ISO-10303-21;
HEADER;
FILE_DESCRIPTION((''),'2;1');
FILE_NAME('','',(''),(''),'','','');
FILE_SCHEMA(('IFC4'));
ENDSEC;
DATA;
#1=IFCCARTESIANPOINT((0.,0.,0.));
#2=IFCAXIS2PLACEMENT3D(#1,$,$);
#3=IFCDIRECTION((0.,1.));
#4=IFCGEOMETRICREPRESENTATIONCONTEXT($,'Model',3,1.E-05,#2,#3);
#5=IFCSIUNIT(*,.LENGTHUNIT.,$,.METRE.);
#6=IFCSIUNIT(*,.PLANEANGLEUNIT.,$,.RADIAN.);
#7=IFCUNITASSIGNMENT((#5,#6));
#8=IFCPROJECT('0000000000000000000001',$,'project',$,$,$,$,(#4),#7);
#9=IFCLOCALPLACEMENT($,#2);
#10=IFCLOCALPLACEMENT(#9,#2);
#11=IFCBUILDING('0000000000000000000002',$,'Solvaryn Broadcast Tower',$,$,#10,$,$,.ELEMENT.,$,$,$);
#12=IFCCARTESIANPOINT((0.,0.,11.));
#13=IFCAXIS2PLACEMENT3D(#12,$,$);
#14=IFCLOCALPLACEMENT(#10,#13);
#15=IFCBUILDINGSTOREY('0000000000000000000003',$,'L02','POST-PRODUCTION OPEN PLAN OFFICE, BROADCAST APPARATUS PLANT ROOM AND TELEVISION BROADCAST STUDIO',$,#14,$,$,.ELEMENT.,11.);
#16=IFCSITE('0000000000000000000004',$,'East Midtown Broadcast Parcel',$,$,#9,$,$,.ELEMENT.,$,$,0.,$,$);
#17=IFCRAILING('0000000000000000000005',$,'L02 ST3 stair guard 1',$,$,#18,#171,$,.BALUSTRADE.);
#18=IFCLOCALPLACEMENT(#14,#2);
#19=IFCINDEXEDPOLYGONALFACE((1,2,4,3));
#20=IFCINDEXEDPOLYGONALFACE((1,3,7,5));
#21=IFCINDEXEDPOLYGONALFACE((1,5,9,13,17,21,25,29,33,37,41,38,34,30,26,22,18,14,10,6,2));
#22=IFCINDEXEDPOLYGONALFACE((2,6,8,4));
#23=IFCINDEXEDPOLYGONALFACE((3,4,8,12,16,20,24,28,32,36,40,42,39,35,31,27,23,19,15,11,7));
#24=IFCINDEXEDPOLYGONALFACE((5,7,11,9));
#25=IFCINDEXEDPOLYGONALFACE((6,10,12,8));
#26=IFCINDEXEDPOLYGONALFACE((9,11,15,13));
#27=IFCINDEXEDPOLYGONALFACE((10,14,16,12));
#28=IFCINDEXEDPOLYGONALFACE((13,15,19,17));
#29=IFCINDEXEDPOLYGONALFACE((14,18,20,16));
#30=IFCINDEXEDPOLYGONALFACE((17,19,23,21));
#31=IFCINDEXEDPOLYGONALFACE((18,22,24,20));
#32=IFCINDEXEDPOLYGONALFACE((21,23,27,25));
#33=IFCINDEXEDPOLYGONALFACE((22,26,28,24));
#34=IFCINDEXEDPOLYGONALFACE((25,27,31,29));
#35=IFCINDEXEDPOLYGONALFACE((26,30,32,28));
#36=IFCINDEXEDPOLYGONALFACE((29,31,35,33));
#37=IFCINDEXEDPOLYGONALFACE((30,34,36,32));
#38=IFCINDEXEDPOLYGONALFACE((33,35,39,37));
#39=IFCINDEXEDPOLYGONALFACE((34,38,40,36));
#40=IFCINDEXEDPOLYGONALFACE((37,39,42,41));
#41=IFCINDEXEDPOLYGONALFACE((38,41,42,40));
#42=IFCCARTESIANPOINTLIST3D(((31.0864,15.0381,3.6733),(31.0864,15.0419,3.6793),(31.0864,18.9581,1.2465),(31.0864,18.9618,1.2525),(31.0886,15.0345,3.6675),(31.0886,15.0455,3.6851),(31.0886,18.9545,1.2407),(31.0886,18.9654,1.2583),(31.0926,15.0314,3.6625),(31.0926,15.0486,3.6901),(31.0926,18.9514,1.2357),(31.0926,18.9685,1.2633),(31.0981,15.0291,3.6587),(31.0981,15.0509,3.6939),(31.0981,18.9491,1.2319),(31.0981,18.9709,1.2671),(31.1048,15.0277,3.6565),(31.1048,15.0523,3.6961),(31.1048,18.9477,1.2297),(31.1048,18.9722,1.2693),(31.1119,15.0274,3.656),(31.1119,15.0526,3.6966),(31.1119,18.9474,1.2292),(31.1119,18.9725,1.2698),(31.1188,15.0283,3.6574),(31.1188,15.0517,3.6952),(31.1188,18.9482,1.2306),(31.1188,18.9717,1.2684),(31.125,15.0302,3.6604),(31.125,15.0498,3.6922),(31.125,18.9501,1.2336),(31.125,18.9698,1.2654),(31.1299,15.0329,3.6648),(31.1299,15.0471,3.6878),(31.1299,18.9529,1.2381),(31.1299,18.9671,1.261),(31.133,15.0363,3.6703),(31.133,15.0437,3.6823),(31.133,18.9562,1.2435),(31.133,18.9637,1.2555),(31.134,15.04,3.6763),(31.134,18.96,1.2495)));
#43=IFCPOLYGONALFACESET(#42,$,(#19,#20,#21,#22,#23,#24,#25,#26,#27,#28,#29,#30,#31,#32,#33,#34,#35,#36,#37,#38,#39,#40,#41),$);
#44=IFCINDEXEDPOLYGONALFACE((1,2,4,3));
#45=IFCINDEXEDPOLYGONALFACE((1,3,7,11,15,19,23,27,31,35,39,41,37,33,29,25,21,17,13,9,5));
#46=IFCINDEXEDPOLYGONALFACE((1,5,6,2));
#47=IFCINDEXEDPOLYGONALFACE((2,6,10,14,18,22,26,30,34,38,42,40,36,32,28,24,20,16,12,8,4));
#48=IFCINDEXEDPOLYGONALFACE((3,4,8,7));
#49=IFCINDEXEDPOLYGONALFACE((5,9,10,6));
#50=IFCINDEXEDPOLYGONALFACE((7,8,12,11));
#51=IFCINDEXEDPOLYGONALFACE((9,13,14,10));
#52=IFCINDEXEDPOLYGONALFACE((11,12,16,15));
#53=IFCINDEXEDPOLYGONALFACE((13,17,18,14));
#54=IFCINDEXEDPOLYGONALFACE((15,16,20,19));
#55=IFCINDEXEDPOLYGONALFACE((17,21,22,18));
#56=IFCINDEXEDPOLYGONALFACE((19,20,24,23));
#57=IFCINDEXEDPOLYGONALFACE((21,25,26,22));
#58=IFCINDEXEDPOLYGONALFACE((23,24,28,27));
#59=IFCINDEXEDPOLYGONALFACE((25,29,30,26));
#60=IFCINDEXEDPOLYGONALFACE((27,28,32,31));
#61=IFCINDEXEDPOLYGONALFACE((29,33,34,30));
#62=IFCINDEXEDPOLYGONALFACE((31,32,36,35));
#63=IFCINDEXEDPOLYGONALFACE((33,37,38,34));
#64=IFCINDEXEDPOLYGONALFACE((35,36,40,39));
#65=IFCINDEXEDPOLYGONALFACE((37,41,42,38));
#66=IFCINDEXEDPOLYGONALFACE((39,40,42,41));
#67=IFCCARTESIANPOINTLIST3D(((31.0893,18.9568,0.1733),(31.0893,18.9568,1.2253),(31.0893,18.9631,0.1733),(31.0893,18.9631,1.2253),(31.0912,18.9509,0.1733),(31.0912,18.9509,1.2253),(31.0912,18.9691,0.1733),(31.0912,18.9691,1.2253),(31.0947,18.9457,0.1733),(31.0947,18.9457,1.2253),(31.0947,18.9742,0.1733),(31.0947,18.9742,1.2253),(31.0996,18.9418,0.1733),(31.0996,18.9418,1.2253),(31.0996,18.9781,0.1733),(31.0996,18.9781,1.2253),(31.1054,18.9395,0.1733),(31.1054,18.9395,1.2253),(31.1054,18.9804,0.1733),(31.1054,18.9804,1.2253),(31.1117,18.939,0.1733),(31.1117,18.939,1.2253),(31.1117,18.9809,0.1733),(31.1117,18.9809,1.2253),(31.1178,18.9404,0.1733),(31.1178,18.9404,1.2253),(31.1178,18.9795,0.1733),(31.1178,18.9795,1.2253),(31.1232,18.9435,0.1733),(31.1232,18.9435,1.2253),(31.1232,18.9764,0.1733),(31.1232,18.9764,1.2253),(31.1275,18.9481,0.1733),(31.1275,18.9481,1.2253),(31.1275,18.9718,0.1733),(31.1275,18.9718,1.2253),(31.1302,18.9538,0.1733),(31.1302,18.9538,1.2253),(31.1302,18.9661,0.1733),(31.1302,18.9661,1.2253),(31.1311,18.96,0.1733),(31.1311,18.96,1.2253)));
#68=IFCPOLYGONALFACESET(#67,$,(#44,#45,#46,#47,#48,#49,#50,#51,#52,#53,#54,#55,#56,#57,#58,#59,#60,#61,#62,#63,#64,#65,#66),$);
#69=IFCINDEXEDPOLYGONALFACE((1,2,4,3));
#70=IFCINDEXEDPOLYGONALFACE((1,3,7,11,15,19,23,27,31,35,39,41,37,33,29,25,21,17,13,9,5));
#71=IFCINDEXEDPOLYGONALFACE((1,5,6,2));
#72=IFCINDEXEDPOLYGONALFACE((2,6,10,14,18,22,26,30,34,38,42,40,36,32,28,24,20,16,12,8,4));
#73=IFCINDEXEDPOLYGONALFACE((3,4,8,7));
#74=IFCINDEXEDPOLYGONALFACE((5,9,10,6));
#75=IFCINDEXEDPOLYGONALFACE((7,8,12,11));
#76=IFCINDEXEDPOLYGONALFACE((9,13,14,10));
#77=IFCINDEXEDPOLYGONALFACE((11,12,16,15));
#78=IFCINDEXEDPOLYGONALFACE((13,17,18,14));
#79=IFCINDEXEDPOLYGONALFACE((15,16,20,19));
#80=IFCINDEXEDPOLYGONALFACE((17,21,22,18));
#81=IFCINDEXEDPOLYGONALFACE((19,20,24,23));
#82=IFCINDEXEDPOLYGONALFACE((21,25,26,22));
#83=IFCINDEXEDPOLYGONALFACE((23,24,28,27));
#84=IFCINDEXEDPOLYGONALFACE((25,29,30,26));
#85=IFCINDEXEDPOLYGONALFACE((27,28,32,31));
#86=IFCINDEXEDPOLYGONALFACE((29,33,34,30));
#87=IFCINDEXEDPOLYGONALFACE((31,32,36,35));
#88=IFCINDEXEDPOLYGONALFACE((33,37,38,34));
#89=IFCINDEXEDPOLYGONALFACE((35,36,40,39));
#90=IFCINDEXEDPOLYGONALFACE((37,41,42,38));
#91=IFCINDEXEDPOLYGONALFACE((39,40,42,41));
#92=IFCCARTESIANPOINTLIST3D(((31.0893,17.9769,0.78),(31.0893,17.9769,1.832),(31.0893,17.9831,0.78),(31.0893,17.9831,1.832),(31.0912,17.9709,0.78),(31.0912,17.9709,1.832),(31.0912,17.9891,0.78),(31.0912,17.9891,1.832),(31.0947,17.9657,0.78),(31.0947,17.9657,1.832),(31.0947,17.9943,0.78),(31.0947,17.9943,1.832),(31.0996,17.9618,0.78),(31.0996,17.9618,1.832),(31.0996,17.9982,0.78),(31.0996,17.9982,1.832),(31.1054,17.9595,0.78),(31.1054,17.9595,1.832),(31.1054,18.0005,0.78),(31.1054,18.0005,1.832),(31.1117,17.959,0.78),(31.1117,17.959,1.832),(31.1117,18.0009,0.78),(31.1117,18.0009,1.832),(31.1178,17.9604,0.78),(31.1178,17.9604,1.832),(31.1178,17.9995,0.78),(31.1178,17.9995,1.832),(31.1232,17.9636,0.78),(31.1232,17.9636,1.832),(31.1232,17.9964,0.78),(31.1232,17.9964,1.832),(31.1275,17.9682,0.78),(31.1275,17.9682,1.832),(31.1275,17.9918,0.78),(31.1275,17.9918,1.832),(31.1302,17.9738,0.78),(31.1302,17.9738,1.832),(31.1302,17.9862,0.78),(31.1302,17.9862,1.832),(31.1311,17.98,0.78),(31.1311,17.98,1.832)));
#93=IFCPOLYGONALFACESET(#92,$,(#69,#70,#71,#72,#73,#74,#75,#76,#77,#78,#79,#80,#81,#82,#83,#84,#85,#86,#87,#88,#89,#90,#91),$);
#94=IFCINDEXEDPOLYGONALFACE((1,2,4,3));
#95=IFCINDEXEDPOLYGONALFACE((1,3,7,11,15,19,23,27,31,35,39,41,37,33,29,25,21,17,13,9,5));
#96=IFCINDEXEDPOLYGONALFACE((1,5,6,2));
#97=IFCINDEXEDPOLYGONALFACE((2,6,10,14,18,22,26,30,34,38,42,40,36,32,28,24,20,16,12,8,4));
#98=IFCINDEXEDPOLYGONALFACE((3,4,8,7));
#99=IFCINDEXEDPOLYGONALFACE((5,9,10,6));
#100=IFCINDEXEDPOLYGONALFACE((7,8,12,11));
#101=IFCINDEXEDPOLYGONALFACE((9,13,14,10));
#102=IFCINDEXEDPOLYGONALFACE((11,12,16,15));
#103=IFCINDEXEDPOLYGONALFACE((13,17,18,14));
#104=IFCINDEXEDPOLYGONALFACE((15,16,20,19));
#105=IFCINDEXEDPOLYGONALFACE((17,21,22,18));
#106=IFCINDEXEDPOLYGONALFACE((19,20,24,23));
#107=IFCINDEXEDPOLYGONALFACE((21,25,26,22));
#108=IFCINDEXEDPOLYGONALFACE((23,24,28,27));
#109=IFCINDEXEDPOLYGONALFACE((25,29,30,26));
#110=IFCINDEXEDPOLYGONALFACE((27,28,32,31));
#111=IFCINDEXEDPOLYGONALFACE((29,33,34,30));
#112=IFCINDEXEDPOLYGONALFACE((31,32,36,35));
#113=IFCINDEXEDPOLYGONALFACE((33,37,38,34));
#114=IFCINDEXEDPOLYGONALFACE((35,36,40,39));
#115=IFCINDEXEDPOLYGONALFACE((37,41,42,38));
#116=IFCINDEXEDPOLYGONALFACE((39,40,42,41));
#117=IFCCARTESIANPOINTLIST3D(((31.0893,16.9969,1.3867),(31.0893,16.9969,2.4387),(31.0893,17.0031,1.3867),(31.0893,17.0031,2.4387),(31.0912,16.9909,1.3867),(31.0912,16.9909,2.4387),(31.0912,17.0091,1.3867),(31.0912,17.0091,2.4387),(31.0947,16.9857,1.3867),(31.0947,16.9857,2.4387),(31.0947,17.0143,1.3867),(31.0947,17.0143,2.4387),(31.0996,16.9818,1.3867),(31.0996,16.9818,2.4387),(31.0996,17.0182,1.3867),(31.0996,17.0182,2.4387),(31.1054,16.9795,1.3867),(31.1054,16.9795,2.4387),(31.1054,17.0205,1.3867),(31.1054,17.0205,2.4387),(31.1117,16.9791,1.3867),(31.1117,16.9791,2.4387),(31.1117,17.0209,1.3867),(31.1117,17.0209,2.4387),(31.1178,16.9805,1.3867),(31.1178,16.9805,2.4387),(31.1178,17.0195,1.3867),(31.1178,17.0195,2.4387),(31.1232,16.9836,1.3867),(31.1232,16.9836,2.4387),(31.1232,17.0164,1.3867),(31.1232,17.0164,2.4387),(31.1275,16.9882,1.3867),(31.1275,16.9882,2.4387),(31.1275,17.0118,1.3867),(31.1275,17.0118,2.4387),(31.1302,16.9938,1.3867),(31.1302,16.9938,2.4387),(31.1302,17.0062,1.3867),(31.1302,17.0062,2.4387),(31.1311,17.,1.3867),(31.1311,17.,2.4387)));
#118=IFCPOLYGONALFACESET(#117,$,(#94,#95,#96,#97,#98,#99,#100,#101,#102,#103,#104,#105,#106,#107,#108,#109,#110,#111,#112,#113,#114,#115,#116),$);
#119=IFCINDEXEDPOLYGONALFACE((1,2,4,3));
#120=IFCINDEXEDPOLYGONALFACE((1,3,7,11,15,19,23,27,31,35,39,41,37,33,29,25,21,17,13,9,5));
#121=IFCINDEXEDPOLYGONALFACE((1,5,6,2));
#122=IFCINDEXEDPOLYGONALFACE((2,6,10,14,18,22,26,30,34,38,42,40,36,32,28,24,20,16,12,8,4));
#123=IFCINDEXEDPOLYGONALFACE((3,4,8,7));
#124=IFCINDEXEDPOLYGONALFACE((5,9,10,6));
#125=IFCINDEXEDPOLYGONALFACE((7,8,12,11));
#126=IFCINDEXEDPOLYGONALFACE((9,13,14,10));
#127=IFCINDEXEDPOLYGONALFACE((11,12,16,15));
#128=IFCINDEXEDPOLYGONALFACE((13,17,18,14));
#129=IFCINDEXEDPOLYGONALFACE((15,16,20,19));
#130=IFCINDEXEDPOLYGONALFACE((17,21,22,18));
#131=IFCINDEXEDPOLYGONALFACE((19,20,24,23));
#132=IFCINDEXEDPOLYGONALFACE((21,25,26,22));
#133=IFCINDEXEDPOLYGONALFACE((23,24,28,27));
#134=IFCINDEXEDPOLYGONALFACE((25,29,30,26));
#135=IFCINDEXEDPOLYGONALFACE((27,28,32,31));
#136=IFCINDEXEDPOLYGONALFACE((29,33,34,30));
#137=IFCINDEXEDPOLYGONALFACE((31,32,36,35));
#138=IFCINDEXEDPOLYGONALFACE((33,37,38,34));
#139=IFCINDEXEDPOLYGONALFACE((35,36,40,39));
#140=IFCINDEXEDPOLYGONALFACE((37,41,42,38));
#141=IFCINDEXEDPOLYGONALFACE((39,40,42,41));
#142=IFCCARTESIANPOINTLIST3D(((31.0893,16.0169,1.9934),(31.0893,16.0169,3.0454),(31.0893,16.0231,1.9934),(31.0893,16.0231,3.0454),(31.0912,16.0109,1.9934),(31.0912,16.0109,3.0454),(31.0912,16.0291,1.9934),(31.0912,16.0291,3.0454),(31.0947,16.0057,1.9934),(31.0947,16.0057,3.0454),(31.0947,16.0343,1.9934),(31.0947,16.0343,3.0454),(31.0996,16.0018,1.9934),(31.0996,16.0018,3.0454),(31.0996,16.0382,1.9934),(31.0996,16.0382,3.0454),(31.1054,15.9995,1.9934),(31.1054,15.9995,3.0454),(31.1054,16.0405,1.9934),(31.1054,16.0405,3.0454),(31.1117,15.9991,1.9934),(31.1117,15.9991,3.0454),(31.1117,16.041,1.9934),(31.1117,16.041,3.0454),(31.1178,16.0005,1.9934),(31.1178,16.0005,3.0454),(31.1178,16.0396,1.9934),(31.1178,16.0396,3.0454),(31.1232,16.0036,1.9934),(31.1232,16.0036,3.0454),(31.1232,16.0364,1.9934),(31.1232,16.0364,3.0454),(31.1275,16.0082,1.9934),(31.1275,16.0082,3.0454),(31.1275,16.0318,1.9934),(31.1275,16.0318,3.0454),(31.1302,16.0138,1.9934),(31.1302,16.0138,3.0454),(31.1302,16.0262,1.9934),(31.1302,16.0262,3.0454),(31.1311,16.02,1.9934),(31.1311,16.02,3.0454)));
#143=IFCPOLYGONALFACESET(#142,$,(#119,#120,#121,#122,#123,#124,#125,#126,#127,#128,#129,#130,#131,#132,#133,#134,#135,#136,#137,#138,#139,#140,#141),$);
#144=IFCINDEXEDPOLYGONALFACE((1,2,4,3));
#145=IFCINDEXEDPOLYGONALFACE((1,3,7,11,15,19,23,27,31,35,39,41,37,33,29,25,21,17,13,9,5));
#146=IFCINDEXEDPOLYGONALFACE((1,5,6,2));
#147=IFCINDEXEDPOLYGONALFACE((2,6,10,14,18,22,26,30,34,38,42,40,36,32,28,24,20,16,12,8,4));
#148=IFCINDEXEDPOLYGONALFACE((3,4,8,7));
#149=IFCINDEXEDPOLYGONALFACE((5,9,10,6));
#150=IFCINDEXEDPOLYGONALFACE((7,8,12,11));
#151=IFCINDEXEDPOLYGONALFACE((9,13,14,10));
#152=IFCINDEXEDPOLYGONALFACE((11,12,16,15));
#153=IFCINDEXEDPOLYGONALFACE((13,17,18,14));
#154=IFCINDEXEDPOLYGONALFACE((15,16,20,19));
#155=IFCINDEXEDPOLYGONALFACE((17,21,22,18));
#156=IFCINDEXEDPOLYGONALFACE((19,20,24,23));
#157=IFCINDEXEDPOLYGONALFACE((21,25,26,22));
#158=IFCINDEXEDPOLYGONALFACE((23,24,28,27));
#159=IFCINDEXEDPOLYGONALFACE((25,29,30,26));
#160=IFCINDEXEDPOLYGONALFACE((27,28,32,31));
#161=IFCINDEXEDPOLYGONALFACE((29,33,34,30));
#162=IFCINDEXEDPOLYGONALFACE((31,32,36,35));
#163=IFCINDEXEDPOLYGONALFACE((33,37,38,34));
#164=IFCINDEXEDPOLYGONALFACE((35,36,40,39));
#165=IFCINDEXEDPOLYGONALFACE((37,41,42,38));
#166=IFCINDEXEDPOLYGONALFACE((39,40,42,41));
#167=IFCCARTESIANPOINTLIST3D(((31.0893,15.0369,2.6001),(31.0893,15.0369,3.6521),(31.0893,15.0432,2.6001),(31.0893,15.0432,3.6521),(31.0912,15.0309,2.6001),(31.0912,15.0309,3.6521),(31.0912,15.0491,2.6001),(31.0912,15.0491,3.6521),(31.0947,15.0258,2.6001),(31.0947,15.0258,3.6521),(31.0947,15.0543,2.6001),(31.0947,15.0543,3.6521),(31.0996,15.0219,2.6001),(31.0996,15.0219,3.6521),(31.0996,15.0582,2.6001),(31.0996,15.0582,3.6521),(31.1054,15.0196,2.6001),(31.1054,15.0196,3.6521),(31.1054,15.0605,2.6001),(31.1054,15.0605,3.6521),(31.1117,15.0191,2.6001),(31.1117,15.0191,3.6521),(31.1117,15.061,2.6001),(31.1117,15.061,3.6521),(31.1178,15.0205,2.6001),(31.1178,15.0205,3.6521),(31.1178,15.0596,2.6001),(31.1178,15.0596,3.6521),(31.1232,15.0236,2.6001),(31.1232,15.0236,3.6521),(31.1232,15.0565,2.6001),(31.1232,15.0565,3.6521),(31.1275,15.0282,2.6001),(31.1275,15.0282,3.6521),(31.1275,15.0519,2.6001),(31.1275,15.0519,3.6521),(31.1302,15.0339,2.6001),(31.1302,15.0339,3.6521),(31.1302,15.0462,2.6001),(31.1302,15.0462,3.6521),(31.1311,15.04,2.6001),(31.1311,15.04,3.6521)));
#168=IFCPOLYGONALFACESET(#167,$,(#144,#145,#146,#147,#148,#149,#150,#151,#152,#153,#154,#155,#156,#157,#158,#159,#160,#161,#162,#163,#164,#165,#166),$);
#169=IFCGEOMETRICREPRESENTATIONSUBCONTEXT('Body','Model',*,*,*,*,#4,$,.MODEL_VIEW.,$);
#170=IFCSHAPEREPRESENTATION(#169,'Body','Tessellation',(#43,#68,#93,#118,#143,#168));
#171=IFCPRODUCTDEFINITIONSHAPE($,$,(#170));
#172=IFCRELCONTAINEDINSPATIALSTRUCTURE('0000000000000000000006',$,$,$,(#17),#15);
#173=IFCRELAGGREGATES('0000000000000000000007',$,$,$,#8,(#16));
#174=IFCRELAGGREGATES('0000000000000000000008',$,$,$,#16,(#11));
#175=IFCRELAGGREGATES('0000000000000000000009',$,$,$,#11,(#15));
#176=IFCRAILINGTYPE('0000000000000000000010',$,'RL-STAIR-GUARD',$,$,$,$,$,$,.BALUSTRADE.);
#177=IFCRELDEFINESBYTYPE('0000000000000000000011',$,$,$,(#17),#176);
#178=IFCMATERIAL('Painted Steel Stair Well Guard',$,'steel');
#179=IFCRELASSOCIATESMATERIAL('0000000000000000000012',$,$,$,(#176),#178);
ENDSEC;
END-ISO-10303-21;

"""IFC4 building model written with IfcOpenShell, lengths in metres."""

from ifc_helpers import new_model, si_unit, direction, frame, origin, origin_2d, place, context, subcontext, project, spatial, circle, extrude, material, type_object, element, save


model = new_model("IFC4")

# Units and contexts
model_context = context("Model", 3, precision=1e-05, world=origin(), true_north=direction((0.0, 1.0)))
body_context = subcontext(model_context, "Body", "Model", "MODEL_VIEW")
ifc_project = project(units=[si_unit("LENGTHUNIT", "METRE"), si_unit("PLANEANGLEUNIT", "RADIAN")], contexts=[model_context])

# Site, building, storey
site_placement = place(None, origin())
site = spatial("IfcSite", under=ifc_project, at=site_placement, Name="East Midtown Broadcast Parcel", CompositionType="ELEMENT", RefElevation=0.0)
building_placement = place(site_placement, origin())
building = spatial("IfcBuilding", under=site, at=building_placement, Name="Solvaryn Broadcast Tower", CompositionType="ELEMENT")
storey_placement = place(building_placement, frame((0.0, 0.0, 11.0)))
storey = spatial("IfcBuildingStorey", under=building, at=storey_placement, Name="L02", Description="POST-PRODUCTION OPEN PLAN OFFICE, BROADCAST APPARATUS PLANT ROOM AND TELEVISION BROADCAST STUDIO", CompositionType="ELEMENT", Elevation=11.0)

# Railing
ifc_material_1 = material(Name="Painted Steel Stair Well Guard", Category="steel")
railing_type_1 = type_object("IfcRailingType", Name="RL-STAIR-GUARD", PredefinedType="BALUSTRADE", material=ifc_material_1)
railing_1_placement = place(storey_placement, frame((31.1101, 18.96, 0.1733)))
element("IfcRailing", 1, at=railing_1_placement, inside=storey, type_object=railing_type_1, Name="L02 ST3 stair guard 1", PredefinedType="BALUSTRADE", context=body_context, shape_type="SweptSolid", body=[
    extrude(circle(Radius=0.0239, at=origin_2d()), frame((0.0, 0.0, 1.0762), z_axis=(0.0, -0.850252, 0.526376), x_axis=(1.0, 0.0, 0.0)), (0.0, 0.0, 1.0), 4.6104),
    extrude(circle(Radius=0.021, at=origin_2d()), origin(), (0.0, 0.0, 1.0), 1.052),
    extrude(circle(Radius=0.021, at=origin_2d()), frame((0.0, -0.98, 0.6067)), (0.0, 0.0, 1.0), 1.052),
    extrude(circle(Radius=0.021, at=origin_2d()), frame((0.0, -1.96, 1.2134)), (0.0, 0.0, 1.0), 1.052),
    extrude(circle(Radius=0.021, at=origin_2d()), frame((0.0, -2.9399, 1.8201)), (0.0, 0.0, 1.0), 1.052),
    extrude(circle(Radius=0.021, at=origin_2d()), frame((0.0, -3.9199, 2.4268)), (0.0, 0.0, 1.0), 1.052),
])

save(model, "model.ifc")
